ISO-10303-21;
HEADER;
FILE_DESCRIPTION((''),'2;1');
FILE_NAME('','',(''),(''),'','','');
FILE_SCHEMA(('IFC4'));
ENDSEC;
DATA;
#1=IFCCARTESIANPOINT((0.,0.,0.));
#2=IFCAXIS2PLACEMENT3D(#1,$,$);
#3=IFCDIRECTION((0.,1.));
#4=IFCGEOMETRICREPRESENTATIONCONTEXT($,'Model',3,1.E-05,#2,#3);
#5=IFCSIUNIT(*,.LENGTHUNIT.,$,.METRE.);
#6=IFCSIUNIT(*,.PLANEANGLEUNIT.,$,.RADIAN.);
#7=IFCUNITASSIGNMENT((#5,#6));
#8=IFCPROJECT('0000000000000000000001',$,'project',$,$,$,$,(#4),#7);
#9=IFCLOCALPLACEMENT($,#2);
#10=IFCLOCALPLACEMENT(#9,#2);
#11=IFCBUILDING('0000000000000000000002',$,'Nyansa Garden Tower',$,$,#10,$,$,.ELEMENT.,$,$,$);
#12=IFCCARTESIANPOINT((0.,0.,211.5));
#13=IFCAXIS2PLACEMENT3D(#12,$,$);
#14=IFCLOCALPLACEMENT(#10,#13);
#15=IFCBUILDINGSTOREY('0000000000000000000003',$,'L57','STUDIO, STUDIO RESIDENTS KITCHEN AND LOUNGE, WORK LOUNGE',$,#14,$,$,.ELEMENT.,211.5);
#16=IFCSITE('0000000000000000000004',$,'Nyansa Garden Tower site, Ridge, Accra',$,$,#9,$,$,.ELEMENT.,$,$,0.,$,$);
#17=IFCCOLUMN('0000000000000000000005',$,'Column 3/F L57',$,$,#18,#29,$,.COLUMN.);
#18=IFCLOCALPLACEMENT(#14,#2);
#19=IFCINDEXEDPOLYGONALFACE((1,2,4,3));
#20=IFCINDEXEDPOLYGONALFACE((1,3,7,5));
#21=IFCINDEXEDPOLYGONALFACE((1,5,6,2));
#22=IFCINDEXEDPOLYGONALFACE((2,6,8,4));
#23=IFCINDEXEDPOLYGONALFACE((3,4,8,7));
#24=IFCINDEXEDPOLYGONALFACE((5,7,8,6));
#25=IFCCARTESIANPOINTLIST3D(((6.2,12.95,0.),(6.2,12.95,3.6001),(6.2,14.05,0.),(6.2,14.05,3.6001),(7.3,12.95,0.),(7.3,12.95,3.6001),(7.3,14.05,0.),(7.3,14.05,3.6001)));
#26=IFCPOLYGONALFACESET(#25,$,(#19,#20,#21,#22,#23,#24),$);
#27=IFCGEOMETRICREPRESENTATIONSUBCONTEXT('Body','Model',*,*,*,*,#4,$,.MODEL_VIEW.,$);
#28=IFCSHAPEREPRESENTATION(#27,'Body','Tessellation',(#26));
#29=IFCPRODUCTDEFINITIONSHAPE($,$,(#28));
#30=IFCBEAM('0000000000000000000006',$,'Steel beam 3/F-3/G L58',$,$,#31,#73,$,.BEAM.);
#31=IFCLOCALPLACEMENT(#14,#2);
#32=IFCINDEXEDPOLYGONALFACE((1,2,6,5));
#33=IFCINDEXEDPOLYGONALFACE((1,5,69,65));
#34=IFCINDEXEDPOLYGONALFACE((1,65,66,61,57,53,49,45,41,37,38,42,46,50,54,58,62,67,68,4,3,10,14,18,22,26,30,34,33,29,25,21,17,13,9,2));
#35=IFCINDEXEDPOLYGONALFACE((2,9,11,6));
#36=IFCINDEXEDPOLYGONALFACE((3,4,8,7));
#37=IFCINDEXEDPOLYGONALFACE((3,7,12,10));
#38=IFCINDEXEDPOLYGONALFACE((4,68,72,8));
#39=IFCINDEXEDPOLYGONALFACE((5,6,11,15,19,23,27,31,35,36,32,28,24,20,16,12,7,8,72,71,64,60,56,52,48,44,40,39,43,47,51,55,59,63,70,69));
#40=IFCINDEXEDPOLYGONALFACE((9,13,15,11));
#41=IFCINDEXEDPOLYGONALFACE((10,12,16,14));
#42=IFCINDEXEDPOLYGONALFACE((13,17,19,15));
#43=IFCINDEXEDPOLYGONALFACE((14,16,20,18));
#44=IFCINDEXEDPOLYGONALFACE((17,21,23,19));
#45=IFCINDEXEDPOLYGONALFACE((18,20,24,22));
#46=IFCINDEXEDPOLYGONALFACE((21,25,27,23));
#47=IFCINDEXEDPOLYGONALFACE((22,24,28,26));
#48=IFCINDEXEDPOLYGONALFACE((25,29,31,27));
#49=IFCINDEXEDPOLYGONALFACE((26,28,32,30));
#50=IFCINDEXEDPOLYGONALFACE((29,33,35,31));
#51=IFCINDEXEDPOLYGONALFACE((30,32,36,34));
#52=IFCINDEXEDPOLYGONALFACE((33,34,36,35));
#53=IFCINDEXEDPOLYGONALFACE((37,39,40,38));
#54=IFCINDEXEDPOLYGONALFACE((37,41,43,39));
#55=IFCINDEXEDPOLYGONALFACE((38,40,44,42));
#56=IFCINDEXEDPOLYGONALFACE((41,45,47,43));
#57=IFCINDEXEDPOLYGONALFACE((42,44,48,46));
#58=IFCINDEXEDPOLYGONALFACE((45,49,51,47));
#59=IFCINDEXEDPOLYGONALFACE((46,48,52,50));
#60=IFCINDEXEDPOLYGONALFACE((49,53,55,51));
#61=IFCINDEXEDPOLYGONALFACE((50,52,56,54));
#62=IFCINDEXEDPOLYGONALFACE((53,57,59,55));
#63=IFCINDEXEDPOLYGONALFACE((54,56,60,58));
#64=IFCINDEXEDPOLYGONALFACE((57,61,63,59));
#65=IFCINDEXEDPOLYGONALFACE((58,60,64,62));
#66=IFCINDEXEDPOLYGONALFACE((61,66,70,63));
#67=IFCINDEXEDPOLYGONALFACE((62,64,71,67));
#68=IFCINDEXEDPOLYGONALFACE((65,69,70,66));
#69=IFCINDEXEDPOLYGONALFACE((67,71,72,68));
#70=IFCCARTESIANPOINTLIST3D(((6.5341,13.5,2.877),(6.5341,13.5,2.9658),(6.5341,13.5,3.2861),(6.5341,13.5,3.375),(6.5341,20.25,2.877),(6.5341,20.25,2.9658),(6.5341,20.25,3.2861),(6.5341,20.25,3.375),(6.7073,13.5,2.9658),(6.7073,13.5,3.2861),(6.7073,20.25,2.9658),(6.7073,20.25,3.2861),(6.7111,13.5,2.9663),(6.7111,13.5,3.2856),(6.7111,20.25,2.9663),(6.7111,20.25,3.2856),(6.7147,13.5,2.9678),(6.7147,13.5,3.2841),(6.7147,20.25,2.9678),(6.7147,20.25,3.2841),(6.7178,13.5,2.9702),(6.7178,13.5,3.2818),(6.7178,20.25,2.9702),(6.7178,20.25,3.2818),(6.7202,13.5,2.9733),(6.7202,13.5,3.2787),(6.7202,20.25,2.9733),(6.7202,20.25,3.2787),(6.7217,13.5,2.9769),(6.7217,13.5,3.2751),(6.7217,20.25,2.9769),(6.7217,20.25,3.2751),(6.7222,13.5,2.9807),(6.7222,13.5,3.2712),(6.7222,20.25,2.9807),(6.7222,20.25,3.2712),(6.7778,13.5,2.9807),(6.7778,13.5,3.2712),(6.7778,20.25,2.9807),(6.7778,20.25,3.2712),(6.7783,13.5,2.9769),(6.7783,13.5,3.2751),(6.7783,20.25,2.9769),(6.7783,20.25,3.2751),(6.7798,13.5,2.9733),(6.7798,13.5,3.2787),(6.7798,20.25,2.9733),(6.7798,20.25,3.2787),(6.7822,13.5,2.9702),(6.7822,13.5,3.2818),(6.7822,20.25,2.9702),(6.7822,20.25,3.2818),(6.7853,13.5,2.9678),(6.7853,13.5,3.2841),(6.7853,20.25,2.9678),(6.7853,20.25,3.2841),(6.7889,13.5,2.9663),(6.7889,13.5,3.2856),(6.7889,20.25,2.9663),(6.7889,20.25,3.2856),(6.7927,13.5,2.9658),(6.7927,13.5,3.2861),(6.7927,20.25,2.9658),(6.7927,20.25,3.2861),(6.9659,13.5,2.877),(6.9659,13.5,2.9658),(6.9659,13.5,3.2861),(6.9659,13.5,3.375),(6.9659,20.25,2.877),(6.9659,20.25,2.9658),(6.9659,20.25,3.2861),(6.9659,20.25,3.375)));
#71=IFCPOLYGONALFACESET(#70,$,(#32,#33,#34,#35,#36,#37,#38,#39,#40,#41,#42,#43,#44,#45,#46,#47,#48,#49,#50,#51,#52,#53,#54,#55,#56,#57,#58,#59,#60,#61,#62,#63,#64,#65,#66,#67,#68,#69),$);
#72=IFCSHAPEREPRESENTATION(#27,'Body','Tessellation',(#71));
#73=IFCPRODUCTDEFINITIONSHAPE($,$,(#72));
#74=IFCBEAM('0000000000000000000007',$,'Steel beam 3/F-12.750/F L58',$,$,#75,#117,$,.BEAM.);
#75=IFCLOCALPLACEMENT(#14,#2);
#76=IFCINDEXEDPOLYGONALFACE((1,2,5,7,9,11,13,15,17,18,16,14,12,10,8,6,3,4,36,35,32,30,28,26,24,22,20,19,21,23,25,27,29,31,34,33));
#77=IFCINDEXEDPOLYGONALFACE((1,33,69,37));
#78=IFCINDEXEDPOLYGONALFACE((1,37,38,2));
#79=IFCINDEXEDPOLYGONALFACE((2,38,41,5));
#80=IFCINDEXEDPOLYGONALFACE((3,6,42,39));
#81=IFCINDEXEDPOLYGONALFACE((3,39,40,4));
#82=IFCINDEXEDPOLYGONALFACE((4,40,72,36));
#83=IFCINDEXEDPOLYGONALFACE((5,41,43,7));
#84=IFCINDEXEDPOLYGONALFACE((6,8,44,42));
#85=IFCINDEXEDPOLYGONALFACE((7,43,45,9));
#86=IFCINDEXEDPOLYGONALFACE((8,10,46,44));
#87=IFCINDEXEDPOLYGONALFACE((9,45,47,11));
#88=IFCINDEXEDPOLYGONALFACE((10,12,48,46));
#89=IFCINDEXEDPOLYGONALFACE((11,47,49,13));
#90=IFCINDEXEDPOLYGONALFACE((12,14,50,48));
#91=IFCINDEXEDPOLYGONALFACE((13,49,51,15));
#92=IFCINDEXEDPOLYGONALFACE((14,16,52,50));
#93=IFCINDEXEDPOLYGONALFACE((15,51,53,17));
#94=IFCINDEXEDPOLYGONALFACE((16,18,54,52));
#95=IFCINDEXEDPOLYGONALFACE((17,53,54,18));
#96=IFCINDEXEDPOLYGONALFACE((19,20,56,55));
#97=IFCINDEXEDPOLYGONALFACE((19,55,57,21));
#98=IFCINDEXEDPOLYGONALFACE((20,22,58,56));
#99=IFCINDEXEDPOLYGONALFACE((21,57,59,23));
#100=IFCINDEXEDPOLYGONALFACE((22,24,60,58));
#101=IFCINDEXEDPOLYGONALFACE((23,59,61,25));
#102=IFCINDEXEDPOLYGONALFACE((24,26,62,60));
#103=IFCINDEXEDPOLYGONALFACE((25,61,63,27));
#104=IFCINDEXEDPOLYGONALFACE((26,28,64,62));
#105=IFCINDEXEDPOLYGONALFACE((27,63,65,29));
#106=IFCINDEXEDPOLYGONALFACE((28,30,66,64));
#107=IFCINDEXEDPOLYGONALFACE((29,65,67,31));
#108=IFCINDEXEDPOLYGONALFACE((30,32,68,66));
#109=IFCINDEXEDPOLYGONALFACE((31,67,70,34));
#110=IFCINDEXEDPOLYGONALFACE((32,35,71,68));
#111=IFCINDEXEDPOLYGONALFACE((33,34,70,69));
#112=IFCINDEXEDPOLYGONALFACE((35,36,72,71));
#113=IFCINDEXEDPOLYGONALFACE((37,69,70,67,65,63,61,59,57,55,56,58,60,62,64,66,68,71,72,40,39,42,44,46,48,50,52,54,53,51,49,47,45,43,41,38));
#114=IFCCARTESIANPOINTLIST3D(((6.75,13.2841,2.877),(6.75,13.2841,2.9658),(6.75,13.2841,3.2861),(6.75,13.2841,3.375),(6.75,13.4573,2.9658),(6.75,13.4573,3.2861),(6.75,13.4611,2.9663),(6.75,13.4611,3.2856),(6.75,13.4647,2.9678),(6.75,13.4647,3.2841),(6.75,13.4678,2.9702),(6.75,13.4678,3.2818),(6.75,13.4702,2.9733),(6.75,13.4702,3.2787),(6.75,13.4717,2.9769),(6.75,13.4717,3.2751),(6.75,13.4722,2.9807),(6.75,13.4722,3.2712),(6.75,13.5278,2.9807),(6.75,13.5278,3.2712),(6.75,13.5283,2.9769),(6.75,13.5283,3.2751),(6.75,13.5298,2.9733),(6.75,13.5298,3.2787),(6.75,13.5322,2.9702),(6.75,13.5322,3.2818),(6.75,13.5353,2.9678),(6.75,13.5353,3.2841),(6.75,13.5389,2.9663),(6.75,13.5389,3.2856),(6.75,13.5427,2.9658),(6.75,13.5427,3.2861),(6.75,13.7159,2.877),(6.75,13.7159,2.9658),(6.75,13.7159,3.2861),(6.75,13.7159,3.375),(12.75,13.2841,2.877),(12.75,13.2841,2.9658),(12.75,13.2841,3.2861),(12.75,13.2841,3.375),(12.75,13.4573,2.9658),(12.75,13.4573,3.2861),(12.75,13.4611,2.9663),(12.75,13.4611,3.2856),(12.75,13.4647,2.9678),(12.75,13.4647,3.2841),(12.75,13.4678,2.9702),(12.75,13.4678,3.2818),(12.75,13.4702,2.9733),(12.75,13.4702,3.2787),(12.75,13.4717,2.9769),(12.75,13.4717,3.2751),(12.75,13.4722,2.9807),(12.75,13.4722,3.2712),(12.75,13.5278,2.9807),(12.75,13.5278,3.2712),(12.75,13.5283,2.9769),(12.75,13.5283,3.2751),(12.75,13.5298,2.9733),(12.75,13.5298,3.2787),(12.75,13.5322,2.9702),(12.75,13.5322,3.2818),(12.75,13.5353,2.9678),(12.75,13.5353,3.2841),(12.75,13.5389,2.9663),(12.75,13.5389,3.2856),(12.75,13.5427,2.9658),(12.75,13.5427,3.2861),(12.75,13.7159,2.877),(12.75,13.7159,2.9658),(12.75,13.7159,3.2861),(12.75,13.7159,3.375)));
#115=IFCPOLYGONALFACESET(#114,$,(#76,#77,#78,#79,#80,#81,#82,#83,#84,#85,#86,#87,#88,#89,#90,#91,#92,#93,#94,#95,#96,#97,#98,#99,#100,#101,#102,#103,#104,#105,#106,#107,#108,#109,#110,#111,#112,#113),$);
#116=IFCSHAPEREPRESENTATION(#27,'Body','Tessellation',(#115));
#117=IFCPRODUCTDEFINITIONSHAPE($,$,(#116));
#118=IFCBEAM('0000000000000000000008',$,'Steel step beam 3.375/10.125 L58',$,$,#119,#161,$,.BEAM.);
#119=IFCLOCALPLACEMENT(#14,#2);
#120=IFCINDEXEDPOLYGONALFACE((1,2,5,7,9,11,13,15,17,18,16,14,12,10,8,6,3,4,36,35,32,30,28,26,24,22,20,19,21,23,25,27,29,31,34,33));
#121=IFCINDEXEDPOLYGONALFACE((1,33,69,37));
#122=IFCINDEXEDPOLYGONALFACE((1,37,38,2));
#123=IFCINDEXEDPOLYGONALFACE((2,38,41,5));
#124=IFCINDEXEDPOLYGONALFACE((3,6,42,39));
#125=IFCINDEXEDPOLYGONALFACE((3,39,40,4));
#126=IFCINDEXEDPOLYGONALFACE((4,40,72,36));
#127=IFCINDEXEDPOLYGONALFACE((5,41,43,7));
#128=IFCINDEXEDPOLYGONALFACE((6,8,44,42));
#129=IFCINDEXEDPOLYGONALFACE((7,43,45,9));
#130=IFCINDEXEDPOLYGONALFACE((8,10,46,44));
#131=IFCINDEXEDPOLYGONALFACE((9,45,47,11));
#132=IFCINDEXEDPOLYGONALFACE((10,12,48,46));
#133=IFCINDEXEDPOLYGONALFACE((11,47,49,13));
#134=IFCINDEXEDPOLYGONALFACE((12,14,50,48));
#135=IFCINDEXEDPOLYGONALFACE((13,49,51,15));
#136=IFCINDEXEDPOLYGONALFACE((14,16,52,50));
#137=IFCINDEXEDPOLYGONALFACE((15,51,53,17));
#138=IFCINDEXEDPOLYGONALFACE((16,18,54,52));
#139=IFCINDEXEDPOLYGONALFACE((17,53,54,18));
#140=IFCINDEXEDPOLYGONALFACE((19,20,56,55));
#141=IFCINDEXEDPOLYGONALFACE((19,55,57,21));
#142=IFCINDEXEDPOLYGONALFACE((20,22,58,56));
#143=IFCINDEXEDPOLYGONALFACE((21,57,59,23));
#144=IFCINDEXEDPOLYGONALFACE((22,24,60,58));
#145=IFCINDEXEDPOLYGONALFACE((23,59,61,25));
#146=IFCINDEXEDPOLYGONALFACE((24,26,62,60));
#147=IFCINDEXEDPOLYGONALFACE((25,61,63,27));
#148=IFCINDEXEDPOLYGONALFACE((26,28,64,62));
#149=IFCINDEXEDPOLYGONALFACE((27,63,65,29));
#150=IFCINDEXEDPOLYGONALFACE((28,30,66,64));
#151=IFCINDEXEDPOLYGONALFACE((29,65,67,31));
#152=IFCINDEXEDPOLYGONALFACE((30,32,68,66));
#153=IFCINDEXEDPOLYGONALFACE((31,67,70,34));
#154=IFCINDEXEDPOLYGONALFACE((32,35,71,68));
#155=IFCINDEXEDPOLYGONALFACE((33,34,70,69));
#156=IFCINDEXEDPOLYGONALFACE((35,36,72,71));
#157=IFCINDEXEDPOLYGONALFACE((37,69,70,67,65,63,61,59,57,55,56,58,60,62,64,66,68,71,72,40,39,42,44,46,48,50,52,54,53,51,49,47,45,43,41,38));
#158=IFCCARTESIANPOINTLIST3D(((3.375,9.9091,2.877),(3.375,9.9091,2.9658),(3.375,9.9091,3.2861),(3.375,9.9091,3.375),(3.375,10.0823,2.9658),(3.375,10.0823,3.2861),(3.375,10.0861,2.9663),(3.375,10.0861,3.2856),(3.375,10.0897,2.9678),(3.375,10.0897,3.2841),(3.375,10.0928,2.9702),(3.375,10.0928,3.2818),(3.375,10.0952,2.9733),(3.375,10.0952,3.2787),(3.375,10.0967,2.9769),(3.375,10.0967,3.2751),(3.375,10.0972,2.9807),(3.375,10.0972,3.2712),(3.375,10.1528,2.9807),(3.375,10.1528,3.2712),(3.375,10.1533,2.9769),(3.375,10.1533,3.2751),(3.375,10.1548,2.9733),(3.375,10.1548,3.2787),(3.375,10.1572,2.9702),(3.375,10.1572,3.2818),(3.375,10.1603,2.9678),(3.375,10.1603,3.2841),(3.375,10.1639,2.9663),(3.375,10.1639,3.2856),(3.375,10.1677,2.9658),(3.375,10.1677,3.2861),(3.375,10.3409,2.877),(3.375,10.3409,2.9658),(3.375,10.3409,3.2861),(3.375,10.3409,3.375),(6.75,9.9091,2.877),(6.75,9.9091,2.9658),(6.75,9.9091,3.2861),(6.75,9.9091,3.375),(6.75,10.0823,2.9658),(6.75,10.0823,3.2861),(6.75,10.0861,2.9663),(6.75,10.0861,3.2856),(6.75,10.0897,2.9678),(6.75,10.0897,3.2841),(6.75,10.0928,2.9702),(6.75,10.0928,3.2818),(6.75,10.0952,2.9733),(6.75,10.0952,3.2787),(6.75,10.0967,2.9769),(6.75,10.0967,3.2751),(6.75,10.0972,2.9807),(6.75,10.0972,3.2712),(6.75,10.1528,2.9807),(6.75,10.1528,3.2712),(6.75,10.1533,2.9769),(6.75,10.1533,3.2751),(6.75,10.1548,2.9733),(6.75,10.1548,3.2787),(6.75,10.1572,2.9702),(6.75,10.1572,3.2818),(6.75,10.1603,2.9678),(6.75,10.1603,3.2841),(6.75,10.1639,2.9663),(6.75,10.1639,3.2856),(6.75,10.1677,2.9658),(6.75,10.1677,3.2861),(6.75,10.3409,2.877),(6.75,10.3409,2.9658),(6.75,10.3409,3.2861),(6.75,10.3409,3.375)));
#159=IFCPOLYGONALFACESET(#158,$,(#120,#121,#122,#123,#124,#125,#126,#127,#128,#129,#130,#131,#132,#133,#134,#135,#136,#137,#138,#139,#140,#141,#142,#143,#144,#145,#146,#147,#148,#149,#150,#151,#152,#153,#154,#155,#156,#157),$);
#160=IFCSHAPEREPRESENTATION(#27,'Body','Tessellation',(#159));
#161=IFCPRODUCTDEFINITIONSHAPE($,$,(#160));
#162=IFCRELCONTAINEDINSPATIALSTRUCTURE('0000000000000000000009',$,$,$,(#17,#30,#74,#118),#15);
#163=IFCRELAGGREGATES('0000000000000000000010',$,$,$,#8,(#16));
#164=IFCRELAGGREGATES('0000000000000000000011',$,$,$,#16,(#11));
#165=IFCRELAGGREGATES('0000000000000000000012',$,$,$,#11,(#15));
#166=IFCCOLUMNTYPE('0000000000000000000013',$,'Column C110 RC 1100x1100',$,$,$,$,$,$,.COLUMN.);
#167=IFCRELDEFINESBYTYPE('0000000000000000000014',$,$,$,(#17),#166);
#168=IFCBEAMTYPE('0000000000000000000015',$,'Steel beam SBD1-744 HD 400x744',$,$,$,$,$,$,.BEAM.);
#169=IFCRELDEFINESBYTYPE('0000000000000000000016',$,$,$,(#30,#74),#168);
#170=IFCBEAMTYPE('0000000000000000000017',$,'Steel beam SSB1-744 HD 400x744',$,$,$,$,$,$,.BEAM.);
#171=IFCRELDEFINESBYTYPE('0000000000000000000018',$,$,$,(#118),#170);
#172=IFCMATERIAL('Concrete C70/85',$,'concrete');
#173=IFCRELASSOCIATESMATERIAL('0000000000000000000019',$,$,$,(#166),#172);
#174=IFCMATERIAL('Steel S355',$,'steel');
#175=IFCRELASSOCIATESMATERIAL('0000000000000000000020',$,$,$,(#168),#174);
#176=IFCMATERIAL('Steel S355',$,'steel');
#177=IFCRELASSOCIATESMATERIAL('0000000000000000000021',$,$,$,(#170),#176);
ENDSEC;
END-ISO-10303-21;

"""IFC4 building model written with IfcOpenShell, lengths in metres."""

from ifc_helpers import new_model, si_unit, direction, frame, origin, origin_2d, place, context, subcontext, project, spatial, rectangle, i_section, extrude, material, material_profile, profile_set, type_object, element, save


model = new_model("IFC4")

# Units and contexts
model_context = context("Model", 3, precision=1e-05, world=origin(), true_north=direction((0.0, 1.0)))
body_context = subcontext(model_context, "Body", "Model", "MODEL_VIEW")
ifc_project = project(units=[si_unit("LENGTHUNIT", "METRE"), si_unit("PLANEANGLEUNIT", "RADIAN")], contexts=[model_context])

# Site, building, storey
site_placement = place(None, origin())
site = spatial("IfcSite", under=ifc_project, at=site_placement, Name="Nyansa Garden Tower site, Ridge, Accra", CompositionType="ELEMENT", RefElevation=0.0)
building_placement = place(site_placement, origin())
building = spatial("IfcBuilding", under=site, at=building_placement, Name="Nyansa Garden Tower", CompositionType="ELEMENT")
storey_placement = place(building_placement, frame((0.0, 0.0, 211.5)))
storey = spatial("IfcBuildingStorey", under=building, at=storey_placement, Name="L57", Description="STUDIO, STUDIO RESIDENTS KITCHEN AND LOUNGE, WORK LOUNGE", CompositionType="ELEMENT", Elevation=211.5)

# Column
ifc_material_1 = material(Name="Concrete C70/85", Category="concrete")
ifc_material_profile_1 = material_profile(ifc_material_1, rectangle(XDim=1.1001, YDim=1.1001, at=origin_2d()), Name="RC 1100x1100")
ifc_profile_set_1 = profile_set([ifc_material_profile_1], Name="Concrete C70/85")
column_type = type_object("IfcColumnType", Name="Column C110 RC 1100x1100", PredefinedType="COLUMN", material=ifc_profile_set_1)
column_placement = place(storey_placement, frame((6.75, 13.5, 0.0), z_axis=(0.0, 0.0, 1.0), x_axis=(1.0, 0.0, 0.0)))
element("IfcColumn", 1, at=column_placement, inside=storey, type_object=column_type, Name="Column 3/F L57", PredefinedType="COLUMN", context=body_context, shape_type="SweptSolid", body=[
    extrude(rectangle(XDim=1.1001, YDim=1.1001, at=origin_2d()), origin(), (0.0, 0.0, 1.0), 3.6001),
])

# Beams
ifc_material_2 = material(Name="Steel S355", Category="steel")
ifc_material_profile_2 = material_profile(ifc_material_2, i_section(OverallWidth=0.4319, OverallDepth=0.498, WebThickness=0.0557, FlangeThickness=0.0889, FilletRadius=0.0149, at=origin_2d()), Name="HD 400x744")
ifc_profile_set_2 = profile_set([ifc_material_profile_2], Name="Steel S355")
beam_type_1 = type_object("IfcBeamType", Name="Steel beam SBD1-744 HD 400x744", PredefinedType="BEAM", material=ifc_profile_set_2)
beam_1_placement = place(storey_placement, frame((6.75, 13.5, 3.126), z_axis=(0.0, 1.0, 0.0), x_axis=(-1.0, 0.0, 0.0)))
element("IfcBeam", 2, at=beam_1_placement, inside=storey, type_object=beam_type_1, Name="Steel beam 3/F-3/G L58", PredefinedType="BEAM", context=body_context, shape_type="SweptSolid", body=[
    extrude(i_section(OverallWidth=0.4319, OverallDepth=0.498, WebThickness=0.0557, FlangeThickness=0.0889, FilletRadius=0.0149, at=origin_2d()), origin(), (0.0, 0.0, 1.0), 6.75),
])
beam_2_placement = place(storey_placement, frame((6.75, 13.5, 3.126), z_axis=(1.0, 0.0, 0.0), x_axis=(0.0, 1.0, 0.0)))
element("IfcBeam", 3, at=beam_2_placement, inside=storey, type_object=beam_type_1, Name="Steel beam 3/F-12.750/F L58", PredefinedType="BEAM", context=body_context, shape_type="SweptSolid", body=[
    extrude(i_section(OverallWidth=0.4319, OverallDepth=0.498, WebThickness=0.0557, FlangeThickness=0.0889, FilletRadius=0.0149, at=origin_2d()), origin(), (0.0, 0.0, 1.0), 6.0),
])
ifc_material_3 = material(Name="Steel S355", Category="steel")
ifc_material_profile_3 = material_profile(ifc_material_3, i_section(OverallWidth=0.4319, OverallDepth=0.498, WebThickness=0.0557, FlangeThickness=0.0889, FilletRadius=0.0149, at=origin_2d()), Name="HD 400x744")
ifc_profile_set_3 = profile_set([ifc_material_profile_3], Name="Steel S355")
beam_type_2 = type_object("IfcBeamType", Name="Steel beam SSB1-744 HD 400x744", PredefinedType="BEAM", material=ifc_profile_set_3)
beam_3_placement = place(storey_placement, frame((3.375, 10.125, 3.126), z_axis=(1.0, 0.0, 0.0), x_axis=(0.0, 1.0, 0.0)))
element("IfcBeam", 4, at=beam_3_placement, inside=storey, type_object=beam_type_2, Name="Steel step beam 3.375/10.125 L58", PredefinedType="BEAM", context=body_context, shape_type="SweptSolid", body=[
    extrude(i_section(OverallWidth=0.4319, OverallDepth=0.498, WebThickness=0.0557, FlangeThickness=0.0889, FilletRadius=0.0149, at=origin_2d()), origin(), (0.0, 0.0, 1.0), 3.375),
])

save(model, "model.ifc")
